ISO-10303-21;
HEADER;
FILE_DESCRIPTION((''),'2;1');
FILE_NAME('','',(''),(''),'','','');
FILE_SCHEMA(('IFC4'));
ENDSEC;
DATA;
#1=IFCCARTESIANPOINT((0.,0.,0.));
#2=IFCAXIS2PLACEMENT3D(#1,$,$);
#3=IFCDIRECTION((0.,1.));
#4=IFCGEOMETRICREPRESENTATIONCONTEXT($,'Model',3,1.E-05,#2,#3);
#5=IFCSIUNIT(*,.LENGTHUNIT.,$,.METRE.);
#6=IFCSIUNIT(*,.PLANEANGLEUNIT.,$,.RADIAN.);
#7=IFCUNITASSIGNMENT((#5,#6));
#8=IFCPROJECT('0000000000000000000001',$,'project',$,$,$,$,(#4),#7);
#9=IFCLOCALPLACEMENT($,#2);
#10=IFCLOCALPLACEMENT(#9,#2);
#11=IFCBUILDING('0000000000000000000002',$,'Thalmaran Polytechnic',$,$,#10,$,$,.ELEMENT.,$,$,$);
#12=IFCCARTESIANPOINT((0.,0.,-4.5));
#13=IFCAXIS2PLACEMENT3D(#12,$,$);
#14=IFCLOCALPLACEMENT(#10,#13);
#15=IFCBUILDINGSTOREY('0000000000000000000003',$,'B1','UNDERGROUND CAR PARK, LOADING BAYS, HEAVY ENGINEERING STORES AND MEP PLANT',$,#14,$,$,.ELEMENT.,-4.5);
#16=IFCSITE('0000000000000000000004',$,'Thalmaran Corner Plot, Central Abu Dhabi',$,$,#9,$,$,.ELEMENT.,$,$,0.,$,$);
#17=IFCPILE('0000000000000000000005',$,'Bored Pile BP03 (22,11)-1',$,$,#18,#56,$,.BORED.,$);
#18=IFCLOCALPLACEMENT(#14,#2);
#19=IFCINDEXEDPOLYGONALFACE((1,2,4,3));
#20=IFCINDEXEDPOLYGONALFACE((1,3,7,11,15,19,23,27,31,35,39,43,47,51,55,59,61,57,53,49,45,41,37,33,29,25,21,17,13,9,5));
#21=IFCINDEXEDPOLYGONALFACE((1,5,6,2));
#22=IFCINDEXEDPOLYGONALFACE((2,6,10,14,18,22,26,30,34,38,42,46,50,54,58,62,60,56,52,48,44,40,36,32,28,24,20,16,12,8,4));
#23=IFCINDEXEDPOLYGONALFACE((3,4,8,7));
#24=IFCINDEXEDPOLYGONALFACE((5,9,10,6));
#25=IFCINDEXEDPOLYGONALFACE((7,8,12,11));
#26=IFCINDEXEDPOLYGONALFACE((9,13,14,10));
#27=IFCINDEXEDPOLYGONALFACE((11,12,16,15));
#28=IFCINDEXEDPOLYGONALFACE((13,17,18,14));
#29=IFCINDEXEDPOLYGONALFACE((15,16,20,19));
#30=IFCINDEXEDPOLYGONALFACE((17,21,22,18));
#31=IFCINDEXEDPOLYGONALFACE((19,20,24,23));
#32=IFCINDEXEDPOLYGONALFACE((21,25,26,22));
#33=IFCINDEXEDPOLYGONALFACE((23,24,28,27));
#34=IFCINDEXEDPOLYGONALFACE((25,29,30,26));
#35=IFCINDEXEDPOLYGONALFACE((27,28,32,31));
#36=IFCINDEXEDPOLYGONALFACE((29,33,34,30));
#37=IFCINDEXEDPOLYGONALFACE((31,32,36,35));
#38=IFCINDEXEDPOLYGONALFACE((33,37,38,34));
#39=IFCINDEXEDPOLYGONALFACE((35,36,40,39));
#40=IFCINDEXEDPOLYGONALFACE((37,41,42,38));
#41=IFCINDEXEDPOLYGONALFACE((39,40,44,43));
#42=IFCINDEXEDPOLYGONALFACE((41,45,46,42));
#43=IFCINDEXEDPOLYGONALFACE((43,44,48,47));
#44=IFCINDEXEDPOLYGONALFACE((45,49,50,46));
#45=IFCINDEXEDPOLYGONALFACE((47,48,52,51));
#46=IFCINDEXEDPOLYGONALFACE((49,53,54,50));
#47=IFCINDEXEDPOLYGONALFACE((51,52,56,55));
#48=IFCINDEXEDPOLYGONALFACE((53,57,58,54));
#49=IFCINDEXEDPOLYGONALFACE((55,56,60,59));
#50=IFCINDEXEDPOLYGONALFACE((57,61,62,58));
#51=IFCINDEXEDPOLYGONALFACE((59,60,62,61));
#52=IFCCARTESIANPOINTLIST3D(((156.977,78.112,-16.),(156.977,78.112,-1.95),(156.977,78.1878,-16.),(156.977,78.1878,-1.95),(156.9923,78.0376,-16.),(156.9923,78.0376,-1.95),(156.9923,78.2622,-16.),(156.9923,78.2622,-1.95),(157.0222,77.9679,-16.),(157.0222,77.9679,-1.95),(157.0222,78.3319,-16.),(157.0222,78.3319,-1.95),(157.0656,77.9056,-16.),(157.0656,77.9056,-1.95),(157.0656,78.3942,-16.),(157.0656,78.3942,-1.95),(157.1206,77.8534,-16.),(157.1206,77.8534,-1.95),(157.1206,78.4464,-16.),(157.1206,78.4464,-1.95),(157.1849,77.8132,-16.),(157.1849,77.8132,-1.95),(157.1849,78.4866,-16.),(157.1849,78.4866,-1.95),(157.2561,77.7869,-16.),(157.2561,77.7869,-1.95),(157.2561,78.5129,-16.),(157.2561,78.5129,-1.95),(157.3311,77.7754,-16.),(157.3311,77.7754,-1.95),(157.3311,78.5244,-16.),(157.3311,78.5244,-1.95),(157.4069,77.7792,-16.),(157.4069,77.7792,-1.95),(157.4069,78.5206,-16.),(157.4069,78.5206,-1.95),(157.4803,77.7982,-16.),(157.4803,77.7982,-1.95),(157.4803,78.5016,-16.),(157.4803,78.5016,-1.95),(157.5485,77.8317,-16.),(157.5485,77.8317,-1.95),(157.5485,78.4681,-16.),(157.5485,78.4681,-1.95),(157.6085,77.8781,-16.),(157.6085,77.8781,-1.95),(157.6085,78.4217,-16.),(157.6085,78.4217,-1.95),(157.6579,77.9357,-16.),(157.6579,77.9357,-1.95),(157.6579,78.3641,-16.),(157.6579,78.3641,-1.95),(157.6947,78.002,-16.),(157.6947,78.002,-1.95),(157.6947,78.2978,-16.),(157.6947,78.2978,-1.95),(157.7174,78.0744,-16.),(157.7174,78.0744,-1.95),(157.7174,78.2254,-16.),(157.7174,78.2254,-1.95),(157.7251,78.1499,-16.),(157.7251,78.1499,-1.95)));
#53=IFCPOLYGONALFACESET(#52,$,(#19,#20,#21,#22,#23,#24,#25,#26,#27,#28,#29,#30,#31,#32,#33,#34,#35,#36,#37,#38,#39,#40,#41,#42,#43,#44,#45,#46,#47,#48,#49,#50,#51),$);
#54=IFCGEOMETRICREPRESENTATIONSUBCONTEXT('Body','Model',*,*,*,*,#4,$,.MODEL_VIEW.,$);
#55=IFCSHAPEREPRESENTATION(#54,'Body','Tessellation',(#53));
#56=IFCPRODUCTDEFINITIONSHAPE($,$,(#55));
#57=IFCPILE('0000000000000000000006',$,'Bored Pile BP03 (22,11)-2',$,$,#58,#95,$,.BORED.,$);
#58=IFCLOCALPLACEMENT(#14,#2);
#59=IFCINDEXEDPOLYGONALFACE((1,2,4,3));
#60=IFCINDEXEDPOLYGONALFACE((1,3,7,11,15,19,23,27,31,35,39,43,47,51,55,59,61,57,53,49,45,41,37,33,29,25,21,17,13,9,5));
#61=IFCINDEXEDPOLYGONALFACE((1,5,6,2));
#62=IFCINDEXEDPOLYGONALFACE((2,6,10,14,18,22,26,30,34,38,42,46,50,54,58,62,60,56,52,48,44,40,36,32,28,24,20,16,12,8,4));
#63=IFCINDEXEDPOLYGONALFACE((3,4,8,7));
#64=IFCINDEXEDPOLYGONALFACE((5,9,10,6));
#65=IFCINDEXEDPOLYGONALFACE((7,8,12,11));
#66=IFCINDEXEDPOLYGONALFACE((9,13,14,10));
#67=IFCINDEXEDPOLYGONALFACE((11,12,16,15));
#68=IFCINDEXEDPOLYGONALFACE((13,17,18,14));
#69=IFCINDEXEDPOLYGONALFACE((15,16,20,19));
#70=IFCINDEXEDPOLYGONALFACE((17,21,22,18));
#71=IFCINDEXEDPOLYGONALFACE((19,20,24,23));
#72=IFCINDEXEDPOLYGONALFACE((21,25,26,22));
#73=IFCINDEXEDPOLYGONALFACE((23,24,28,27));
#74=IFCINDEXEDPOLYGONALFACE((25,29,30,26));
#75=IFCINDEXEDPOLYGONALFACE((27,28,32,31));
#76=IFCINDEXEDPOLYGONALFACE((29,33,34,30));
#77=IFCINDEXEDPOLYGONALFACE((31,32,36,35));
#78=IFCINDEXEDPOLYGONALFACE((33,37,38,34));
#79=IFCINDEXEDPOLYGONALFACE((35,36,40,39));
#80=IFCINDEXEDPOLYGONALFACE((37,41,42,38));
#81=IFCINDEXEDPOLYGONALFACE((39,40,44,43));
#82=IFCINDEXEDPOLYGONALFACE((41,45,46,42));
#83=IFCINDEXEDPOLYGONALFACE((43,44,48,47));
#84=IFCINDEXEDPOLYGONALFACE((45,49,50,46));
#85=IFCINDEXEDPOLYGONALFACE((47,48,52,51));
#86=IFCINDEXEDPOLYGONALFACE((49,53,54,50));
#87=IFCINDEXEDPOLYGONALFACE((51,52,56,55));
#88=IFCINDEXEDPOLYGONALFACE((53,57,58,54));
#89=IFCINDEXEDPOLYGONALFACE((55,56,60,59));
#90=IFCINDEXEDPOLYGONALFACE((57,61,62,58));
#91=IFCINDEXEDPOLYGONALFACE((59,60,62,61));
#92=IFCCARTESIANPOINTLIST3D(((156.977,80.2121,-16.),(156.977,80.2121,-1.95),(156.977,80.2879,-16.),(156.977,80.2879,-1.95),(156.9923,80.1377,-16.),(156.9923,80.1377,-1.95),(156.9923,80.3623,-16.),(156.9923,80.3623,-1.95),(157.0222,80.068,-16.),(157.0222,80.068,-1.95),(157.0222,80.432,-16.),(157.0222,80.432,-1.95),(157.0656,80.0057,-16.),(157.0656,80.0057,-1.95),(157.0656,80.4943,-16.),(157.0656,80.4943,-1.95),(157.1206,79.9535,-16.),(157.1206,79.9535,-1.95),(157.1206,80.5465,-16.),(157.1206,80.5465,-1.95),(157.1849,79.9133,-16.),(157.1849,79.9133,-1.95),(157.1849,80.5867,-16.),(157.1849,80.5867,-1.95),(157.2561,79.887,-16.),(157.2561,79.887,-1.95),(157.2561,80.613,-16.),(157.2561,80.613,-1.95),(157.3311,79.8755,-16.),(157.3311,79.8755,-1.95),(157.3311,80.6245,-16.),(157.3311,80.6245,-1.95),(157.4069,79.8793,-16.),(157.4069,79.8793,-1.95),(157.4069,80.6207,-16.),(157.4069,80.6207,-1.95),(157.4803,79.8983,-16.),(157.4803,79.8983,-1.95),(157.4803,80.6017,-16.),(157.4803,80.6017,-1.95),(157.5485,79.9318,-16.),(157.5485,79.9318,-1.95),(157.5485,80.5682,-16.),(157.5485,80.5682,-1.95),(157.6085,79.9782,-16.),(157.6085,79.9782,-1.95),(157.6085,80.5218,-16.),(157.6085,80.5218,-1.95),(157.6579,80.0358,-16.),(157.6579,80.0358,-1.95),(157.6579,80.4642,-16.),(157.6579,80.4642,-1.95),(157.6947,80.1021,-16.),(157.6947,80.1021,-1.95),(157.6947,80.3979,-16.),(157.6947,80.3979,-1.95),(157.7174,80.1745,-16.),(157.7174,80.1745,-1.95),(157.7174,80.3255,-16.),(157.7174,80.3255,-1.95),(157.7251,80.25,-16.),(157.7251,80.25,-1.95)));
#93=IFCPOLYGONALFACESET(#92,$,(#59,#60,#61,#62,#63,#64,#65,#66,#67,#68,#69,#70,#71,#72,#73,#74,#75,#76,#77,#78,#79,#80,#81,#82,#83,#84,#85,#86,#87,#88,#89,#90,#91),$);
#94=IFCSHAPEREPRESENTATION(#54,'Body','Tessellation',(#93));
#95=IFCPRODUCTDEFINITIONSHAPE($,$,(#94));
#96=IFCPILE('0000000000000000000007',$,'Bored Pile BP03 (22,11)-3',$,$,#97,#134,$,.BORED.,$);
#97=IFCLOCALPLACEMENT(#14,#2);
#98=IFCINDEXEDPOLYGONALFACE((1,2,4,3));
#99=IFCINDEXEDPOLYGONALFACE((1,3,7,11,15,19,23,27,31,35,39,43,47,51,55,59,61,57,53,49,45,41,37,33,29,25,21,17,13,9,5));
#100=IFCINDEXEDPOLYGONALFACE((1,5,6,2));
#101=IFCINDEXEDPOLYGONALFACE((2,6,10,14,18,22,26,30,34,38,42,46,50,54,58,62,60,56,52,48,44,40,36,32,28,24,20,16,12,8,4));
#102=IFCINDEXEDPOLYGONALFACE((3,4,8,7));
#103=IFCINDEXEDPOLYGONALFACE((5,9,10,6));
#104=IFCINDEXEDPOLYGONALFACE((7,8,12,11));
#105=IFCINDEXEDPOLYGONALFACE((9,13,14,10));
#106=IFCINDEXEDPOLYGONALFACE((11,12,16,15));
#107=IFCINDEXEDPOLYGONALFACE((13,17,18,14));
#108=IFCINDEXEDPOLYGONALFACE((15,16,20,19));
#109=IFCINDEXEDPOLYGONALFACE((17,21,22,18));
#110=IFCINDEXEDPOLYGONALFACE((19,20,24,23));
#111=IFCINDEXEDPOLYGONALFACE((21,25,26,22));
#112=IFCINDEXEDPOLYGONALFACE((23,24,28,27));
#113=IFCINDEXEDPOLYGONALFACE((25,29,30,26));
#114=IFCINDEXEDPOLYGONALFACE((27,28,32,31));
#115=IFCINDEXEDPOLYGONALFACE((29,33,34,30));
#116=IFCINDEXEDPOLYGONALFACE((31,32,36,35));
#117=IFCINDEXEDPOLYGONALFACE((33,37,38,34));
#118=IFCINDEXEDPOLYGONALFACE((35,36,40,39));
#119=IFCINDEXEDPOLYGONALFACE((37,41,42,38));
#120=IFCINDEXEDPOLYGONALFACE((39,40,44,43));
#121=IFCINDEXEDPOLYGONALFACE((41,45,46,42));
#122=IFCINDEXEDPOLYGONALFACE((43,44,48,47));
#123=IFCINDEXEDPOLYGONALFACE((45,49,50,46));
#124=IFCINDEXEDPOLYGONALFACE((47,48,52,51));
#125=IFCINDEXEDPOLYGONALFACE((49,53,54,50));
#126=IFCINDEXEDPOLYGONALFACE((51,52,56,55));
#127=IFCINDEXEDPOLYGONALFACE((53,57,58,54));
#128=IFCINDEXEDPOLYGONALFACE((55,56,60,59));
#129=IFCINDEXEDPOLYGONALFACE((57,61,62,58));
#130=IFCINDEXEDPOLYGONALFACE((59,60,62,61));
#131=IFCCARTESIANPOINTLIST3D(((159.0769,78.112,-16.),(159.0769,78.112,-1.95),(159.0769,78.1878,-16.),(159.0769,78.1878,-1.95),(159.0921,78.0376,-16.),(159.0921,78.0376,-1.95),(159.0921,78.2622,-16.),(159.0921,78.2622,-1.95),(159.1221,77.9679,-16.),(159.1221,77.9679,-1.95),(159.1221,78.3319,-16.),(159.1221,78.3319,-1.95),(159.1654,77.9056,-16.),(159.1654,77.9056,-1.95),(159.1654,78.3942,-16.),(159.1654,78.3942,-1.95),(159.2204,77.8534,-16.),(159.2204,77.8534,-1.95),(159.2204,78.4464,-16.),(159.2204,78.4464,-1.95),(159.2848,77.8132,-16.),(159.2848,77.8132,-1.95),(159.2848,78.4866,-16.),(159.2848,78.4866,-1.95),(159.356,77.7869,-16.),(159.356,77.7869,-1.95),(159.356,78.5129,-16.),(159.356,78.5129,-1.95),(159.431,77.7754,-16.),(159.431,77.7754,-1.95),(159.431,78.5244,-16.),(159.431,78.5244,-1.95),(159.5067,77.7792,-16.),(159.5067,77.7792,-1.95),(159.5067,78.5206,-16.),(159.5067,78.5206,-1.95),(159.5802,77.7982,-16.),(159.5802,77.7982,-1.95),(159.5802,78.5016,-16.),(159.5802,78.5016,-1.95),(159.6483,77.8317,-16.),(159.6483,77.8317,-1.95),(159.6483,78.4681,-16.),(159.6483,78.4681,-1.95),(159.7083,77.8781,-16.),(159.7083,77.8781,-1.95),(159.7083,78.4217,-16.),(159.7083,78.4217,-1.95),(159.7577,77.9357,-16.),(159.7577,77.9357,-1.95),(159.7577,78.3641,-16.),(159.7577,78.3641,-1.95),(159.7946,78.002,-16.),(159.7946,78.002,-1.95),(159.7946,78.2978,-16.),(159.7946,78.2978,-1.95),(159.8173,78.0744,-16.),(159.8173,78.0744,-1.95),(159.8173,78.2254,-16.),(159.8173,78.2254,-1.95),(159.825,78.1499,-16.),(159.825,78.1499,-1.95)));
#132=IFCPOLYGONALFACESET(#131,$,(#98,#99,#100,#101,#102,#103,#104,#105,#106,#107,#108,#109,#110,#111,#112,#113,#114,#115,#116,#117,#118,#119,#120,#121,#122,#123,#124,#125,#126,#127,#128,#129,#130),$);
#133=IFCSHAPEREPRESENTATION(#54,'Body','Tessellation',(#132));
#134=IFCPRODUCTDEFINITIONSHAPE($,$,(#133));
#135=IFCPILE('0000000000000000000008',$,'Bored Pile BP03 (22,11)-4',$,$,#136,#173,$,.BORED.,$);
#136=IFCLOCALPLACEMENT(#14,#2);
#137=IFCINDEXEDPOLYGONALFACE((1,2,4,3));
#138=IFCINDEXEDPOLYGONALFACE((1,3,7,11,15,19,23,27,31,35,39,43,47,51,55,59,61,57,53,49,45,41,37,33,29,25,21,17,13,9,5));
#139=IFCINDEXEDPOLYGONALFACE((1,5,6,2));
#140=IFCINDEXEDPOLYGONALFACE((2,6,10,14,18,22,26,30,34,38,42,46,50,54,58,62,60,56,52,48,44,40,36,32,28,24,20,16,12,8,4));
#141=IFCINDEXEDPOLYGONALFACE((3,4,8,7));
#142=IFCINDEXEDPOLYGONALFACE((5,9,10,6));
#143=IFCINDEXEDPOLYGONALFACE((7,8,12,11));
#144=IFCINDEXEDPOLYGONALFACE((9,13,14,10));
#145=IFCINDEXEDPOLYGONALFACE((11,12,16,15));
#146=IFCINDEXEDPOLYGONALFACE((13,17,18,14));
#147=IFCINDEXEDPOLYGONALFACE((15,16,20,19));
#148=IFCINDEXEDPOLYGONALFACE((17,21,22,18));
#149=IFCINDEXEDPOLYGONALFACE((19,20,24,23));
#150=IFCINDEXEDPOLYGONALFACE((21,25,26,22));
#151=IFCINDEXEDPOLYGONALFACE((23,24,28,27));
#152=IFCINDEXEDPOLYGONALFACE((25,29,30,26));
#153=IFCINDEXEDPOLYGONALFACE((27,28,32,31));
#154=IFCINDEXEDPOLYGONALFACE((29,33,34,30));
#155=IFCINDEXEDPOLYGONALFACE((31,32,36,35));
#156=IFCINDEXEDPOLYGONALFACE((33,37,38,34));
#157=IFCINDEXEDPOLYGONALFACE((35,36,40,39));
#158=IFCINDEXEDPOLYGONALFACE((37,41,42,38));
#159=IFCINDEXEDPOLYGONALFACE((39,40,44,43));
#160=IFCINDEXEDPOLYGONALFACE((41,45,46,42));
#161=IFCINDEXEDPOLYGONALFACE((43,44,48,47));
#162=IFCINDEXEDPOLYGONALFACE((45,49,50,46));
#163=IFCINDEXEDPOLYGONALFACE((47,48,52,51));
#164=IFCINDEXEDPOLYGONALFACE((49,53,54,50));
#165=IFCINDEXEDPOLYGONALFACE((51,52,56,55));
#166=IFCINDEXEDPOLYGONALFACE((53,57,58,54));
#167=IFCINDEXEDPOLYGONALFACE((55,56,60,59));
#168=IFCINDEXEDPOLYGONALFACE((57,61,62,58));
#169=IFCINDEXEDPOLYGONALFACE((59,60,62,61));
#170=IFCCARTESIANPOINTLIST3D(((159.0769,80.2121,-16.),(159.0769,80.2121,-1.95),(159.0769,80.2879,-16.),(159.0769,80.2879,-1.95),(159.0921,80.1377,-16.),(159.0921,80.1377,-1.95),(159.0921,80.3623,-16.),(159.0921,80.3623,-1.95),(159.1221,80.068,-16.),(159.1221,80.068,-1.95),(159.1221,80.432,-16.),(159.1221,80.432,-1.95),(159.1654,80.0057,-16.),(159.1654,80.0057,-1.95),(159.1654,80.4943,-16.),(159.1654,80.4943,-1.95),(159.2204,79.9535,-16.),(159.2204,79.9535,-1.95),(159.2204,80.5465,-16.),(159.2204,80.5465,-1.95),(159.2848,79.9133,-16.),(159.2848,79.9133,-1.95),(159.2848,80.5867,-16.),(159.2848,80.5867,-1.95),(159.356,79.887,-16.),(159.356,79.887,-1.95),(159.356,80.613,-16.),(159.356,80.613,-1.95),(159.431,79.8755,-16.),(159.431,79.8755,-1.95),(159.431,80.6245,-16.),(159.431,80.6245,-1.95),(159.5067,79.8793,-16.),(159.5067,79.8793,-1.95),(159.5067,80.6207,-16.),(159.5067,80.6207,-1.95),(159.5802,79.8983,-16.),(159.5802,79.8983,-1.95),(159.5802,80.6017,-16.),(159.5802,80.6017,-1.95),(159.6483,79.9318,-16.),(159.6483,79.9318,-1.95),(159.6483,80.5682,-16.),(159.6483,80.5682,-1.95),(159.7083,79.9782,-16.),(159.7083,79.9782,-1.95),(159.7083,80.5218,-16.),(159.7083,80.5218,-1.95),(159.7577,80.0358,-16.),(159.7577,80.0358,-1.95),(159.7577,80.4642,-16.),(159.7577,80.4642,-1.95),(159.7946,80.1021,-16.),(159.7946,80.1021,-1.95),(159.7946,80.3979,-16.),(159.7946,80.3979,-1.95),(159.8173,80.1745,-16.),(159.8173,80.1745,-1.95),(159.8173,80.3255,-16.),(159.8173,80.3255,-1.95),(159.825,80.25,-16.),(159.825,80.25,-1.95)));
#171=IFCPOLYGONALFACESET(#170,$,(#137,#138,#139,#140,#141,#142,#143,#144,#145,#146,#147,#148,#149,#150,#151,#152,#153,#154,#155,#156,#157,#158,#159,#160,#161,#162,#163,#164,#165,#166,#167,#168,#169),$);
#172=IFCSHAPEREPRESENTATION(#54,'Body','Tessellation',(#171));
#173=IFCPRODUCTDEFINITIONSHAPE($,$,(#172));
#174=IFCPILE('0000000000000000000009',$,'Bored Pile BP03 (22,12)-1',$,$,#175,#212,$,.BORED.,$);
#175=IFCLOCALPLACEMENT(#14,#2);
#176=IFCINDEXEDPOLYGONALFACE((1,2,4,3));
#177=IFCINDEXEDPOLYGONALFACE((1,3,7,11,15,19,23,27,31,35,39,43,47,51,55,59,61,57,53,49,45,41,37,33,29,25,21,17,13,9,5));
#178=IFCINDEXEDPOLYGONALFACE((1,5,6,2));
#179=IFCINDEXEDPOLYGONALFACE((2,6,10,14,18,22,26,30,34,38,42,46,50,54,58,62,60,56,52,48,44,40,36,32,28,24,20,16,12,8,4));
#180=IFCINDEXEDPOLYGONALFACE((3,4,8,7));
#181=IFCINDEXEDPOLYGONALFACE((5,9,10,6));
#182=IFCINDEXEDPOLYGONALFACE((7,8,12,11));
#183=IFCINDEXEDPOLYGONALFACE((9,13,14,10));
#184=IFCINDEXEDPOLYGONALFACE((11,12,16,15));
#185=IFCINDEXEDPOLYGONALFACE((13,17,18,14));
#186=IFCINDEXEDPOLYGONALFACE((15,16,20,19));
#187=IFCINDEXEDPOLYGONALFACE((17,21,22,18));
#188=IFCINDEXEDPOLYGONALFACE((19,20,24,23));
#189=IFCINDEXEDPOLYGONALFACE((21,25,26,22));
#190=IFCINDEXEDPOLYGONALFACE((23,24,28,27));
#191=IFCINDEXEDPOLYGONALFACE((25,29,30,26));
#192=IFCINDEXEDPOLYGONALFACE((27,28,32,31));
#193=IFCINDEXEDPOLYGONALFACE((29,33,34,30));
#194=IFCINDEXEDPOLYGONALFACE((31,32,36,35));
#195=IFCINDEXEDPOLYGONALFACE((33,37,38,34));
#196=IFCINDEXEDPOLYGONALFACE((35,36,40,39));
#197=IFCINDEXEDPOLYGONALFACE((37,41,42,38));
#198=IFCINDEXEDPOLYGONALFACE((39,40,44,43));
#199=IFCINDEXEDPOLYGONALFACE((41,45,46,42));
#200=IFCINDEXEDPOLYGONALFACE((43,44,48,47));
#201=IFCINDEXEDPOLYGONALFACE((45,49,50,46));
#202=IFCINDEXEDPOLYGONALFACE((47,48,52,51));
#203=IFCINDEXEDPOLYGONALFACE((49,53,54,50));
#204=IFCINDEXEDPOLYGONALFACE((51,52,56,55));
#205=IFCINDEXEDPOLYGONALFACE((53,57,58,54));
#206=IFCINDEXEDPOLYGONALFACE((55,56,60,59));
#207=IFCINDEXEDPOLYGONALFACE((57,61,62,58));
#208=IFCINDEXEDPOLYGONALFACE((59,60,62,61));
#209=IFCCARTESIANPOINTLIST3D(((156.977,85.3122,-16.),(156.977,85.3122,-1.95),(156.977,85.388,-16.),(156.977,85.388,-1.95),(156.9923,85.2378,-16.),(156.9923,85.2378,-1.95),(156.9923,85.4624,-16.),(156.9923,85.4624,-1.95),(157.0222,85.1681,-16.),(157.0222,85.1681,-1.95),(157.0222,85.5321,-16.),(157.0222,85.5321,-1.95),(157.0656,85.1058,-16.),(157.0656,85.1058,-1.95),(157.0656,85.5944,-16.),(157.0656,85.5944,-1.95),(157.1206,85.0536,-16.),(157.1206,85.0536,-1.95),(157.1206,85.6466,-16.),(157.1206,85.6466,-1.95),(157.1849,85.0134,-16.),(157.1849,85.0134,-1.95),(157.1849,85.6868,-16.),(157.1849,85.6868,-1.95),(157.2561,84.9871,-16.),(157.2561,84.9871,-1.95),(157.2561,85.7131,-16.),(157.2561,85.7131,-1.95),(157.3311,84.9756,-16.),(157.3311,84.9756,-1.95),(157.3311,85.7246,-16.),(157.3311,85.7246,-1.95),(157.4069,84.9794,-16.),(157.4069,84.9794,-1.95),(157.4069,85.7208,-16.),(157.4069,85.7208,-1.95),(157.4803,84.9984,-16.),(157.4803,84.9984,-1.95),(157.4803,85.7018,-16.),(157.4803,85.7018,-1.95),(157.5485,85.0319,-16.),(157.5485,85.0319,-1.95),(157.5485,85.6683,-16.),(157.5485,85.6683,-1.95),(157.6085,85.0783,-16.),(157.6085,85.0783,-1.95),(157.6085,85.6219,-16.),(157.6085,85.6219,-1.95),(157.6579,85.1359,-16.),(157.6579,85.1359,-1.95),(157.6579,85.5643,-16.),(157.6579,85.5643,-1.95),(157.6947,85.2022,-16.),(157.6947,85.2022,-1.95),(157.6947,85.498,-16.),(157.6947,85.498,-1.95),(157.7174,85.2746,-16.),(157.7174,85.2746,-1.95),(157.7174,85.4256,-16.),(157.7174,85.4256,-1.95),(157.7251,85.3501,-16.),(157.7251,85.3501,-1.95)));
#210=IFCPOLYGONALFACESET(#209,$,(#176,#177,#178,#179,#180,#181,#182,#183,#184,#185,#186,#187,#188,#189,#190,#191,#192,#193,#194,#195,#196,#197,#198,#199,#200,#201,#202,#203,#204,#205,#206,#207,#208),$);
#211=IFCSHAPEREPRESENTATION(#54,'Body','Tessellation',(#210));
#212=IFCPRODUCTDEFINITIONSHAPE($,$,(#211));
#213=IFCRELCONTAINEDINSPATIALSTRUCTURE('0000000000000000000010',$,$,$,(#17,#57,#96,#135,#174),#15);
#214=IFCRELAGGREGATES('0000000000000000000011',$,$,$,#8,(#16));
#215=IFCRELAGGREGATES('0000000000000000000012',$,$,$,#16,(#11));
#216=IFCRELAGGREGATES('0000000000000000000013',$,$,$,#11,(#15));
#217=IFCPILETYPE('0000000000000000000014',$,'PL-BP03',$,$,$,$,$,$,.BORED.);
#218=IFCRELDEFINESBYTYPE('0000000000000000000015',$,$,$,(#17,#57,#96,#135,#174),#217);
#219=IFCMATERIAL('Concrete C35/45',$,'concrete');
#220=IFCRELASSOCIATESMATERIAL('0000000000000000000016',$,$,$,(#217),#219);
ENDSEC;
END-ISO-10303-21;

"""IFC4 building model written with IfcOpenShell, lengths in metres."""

from ifc_helpers import new_model, si_unit, direction, frame, origin, origin_2d, place, context, subcontext, project, spatial, circle, extrude, material, material_profile, profile_set, type_object, element, save


model = new_model("IFC4")

# Units and contexts
model_context = context("Model", 3, precision=1e-05, world=origin(), true_north=direction((0.0, 1.0)))
body_context = subcontext(model_context, "Body", "Model", "MODEL_VIEW")
ifc_project = project(units=[si_unit("LENGTHUNIT", "METRE"), si_unit("PLANEANGLEUNIT", "RADIAN")], contexts=[model_context])

# Site, building, storey
site_placement = place(None, origin())
site = spatial("IfcSite", under=ifc_project, at=site_placement, Name="Thalmaran Corner Plot, Central Abu Dhabi", CompositionType="ELEMENT", RefElevation=0.0)
building_placement = place(site_placement, origin())
building = spatial("IfcBuilding", under=site, at=building_placement, Name="Thalmaran Polytechnic", CompositionType="ELEMENT")
storey_placement = place(building_placement, frame((0.0, 0.0, -4.5)))
storey = spatial("IfcBuildingStorey", under=building, at=storey_placement, Name="B1", Description="UNDERGROUND CAR PARK, LOADING BAYS, HEAVY ENGINEERING STORES AND MEP PLANT", CompositionType="ELEMENT", Elevation=-4.5)

# Piles
ifc_material_1 = material(Name="Concrete C35/45", Category="concrete")
ifc_material_profile_1 = material_profile(ifc_material_1, circle(Radius=0.375, at=origin_2d()), Name="RC 750 DIA")
ifc_profile_set_1 = profile_set([ifc_material_profile_1], Name="Concrete C35/45")
pile_type = type_object("IfcPileType", Name="PL-BP03", PredefinedType="BORED", material=ifc_profile_set_1)
for number, where, z_axis, x_axis, name in (
    (1, (157.3501, 78.1499, -1.95), (0.0, 0.0, -1.0), (1.0, 0.0, 0.0), "Bored Pile BP03 (22,11)-1"),
    (2, (157.3501, 80.25, -1.95), (0.0, 0.0, -1.0), (1.0, 0.0, 0.0), "Bored Pile BP03 (22,11)-2"),
    (3, (159.45, 78.1499, -1.95), (0.0, 0.0, -1.0), (1.0, 0.0, 0.0), "Bored Pile BP03 (22,11)-3"),
    (4, (159.45, 80.25, -1.95), (0.0, 0.0, -1.0), (1.0, 0.0, 0.0), "Bored Pile BP03 (22,11)-4"),
    (5, (157.3501, 85.3501, -1.95), (0.0, 0.0, -1.0), (1.0, 0.0, 0.0), "Bored Pile BP03 (22,12)-1"),
):
    element("IfcPile", number, at=place(storey_placement, frame(where, z_axis=z_axis, x_axis=x_axis)), inside=storey, type_object=pile_type, Name=name, PredefinedType="BORED", context=body_context, shape_type="SweptSolid", body=[
        extrude(circle(Radius=0.375, at=origin_2d()), origin(), (0.0, 0.0, 1.0), 14.05),
    ])

save(model, "model.ifc")
